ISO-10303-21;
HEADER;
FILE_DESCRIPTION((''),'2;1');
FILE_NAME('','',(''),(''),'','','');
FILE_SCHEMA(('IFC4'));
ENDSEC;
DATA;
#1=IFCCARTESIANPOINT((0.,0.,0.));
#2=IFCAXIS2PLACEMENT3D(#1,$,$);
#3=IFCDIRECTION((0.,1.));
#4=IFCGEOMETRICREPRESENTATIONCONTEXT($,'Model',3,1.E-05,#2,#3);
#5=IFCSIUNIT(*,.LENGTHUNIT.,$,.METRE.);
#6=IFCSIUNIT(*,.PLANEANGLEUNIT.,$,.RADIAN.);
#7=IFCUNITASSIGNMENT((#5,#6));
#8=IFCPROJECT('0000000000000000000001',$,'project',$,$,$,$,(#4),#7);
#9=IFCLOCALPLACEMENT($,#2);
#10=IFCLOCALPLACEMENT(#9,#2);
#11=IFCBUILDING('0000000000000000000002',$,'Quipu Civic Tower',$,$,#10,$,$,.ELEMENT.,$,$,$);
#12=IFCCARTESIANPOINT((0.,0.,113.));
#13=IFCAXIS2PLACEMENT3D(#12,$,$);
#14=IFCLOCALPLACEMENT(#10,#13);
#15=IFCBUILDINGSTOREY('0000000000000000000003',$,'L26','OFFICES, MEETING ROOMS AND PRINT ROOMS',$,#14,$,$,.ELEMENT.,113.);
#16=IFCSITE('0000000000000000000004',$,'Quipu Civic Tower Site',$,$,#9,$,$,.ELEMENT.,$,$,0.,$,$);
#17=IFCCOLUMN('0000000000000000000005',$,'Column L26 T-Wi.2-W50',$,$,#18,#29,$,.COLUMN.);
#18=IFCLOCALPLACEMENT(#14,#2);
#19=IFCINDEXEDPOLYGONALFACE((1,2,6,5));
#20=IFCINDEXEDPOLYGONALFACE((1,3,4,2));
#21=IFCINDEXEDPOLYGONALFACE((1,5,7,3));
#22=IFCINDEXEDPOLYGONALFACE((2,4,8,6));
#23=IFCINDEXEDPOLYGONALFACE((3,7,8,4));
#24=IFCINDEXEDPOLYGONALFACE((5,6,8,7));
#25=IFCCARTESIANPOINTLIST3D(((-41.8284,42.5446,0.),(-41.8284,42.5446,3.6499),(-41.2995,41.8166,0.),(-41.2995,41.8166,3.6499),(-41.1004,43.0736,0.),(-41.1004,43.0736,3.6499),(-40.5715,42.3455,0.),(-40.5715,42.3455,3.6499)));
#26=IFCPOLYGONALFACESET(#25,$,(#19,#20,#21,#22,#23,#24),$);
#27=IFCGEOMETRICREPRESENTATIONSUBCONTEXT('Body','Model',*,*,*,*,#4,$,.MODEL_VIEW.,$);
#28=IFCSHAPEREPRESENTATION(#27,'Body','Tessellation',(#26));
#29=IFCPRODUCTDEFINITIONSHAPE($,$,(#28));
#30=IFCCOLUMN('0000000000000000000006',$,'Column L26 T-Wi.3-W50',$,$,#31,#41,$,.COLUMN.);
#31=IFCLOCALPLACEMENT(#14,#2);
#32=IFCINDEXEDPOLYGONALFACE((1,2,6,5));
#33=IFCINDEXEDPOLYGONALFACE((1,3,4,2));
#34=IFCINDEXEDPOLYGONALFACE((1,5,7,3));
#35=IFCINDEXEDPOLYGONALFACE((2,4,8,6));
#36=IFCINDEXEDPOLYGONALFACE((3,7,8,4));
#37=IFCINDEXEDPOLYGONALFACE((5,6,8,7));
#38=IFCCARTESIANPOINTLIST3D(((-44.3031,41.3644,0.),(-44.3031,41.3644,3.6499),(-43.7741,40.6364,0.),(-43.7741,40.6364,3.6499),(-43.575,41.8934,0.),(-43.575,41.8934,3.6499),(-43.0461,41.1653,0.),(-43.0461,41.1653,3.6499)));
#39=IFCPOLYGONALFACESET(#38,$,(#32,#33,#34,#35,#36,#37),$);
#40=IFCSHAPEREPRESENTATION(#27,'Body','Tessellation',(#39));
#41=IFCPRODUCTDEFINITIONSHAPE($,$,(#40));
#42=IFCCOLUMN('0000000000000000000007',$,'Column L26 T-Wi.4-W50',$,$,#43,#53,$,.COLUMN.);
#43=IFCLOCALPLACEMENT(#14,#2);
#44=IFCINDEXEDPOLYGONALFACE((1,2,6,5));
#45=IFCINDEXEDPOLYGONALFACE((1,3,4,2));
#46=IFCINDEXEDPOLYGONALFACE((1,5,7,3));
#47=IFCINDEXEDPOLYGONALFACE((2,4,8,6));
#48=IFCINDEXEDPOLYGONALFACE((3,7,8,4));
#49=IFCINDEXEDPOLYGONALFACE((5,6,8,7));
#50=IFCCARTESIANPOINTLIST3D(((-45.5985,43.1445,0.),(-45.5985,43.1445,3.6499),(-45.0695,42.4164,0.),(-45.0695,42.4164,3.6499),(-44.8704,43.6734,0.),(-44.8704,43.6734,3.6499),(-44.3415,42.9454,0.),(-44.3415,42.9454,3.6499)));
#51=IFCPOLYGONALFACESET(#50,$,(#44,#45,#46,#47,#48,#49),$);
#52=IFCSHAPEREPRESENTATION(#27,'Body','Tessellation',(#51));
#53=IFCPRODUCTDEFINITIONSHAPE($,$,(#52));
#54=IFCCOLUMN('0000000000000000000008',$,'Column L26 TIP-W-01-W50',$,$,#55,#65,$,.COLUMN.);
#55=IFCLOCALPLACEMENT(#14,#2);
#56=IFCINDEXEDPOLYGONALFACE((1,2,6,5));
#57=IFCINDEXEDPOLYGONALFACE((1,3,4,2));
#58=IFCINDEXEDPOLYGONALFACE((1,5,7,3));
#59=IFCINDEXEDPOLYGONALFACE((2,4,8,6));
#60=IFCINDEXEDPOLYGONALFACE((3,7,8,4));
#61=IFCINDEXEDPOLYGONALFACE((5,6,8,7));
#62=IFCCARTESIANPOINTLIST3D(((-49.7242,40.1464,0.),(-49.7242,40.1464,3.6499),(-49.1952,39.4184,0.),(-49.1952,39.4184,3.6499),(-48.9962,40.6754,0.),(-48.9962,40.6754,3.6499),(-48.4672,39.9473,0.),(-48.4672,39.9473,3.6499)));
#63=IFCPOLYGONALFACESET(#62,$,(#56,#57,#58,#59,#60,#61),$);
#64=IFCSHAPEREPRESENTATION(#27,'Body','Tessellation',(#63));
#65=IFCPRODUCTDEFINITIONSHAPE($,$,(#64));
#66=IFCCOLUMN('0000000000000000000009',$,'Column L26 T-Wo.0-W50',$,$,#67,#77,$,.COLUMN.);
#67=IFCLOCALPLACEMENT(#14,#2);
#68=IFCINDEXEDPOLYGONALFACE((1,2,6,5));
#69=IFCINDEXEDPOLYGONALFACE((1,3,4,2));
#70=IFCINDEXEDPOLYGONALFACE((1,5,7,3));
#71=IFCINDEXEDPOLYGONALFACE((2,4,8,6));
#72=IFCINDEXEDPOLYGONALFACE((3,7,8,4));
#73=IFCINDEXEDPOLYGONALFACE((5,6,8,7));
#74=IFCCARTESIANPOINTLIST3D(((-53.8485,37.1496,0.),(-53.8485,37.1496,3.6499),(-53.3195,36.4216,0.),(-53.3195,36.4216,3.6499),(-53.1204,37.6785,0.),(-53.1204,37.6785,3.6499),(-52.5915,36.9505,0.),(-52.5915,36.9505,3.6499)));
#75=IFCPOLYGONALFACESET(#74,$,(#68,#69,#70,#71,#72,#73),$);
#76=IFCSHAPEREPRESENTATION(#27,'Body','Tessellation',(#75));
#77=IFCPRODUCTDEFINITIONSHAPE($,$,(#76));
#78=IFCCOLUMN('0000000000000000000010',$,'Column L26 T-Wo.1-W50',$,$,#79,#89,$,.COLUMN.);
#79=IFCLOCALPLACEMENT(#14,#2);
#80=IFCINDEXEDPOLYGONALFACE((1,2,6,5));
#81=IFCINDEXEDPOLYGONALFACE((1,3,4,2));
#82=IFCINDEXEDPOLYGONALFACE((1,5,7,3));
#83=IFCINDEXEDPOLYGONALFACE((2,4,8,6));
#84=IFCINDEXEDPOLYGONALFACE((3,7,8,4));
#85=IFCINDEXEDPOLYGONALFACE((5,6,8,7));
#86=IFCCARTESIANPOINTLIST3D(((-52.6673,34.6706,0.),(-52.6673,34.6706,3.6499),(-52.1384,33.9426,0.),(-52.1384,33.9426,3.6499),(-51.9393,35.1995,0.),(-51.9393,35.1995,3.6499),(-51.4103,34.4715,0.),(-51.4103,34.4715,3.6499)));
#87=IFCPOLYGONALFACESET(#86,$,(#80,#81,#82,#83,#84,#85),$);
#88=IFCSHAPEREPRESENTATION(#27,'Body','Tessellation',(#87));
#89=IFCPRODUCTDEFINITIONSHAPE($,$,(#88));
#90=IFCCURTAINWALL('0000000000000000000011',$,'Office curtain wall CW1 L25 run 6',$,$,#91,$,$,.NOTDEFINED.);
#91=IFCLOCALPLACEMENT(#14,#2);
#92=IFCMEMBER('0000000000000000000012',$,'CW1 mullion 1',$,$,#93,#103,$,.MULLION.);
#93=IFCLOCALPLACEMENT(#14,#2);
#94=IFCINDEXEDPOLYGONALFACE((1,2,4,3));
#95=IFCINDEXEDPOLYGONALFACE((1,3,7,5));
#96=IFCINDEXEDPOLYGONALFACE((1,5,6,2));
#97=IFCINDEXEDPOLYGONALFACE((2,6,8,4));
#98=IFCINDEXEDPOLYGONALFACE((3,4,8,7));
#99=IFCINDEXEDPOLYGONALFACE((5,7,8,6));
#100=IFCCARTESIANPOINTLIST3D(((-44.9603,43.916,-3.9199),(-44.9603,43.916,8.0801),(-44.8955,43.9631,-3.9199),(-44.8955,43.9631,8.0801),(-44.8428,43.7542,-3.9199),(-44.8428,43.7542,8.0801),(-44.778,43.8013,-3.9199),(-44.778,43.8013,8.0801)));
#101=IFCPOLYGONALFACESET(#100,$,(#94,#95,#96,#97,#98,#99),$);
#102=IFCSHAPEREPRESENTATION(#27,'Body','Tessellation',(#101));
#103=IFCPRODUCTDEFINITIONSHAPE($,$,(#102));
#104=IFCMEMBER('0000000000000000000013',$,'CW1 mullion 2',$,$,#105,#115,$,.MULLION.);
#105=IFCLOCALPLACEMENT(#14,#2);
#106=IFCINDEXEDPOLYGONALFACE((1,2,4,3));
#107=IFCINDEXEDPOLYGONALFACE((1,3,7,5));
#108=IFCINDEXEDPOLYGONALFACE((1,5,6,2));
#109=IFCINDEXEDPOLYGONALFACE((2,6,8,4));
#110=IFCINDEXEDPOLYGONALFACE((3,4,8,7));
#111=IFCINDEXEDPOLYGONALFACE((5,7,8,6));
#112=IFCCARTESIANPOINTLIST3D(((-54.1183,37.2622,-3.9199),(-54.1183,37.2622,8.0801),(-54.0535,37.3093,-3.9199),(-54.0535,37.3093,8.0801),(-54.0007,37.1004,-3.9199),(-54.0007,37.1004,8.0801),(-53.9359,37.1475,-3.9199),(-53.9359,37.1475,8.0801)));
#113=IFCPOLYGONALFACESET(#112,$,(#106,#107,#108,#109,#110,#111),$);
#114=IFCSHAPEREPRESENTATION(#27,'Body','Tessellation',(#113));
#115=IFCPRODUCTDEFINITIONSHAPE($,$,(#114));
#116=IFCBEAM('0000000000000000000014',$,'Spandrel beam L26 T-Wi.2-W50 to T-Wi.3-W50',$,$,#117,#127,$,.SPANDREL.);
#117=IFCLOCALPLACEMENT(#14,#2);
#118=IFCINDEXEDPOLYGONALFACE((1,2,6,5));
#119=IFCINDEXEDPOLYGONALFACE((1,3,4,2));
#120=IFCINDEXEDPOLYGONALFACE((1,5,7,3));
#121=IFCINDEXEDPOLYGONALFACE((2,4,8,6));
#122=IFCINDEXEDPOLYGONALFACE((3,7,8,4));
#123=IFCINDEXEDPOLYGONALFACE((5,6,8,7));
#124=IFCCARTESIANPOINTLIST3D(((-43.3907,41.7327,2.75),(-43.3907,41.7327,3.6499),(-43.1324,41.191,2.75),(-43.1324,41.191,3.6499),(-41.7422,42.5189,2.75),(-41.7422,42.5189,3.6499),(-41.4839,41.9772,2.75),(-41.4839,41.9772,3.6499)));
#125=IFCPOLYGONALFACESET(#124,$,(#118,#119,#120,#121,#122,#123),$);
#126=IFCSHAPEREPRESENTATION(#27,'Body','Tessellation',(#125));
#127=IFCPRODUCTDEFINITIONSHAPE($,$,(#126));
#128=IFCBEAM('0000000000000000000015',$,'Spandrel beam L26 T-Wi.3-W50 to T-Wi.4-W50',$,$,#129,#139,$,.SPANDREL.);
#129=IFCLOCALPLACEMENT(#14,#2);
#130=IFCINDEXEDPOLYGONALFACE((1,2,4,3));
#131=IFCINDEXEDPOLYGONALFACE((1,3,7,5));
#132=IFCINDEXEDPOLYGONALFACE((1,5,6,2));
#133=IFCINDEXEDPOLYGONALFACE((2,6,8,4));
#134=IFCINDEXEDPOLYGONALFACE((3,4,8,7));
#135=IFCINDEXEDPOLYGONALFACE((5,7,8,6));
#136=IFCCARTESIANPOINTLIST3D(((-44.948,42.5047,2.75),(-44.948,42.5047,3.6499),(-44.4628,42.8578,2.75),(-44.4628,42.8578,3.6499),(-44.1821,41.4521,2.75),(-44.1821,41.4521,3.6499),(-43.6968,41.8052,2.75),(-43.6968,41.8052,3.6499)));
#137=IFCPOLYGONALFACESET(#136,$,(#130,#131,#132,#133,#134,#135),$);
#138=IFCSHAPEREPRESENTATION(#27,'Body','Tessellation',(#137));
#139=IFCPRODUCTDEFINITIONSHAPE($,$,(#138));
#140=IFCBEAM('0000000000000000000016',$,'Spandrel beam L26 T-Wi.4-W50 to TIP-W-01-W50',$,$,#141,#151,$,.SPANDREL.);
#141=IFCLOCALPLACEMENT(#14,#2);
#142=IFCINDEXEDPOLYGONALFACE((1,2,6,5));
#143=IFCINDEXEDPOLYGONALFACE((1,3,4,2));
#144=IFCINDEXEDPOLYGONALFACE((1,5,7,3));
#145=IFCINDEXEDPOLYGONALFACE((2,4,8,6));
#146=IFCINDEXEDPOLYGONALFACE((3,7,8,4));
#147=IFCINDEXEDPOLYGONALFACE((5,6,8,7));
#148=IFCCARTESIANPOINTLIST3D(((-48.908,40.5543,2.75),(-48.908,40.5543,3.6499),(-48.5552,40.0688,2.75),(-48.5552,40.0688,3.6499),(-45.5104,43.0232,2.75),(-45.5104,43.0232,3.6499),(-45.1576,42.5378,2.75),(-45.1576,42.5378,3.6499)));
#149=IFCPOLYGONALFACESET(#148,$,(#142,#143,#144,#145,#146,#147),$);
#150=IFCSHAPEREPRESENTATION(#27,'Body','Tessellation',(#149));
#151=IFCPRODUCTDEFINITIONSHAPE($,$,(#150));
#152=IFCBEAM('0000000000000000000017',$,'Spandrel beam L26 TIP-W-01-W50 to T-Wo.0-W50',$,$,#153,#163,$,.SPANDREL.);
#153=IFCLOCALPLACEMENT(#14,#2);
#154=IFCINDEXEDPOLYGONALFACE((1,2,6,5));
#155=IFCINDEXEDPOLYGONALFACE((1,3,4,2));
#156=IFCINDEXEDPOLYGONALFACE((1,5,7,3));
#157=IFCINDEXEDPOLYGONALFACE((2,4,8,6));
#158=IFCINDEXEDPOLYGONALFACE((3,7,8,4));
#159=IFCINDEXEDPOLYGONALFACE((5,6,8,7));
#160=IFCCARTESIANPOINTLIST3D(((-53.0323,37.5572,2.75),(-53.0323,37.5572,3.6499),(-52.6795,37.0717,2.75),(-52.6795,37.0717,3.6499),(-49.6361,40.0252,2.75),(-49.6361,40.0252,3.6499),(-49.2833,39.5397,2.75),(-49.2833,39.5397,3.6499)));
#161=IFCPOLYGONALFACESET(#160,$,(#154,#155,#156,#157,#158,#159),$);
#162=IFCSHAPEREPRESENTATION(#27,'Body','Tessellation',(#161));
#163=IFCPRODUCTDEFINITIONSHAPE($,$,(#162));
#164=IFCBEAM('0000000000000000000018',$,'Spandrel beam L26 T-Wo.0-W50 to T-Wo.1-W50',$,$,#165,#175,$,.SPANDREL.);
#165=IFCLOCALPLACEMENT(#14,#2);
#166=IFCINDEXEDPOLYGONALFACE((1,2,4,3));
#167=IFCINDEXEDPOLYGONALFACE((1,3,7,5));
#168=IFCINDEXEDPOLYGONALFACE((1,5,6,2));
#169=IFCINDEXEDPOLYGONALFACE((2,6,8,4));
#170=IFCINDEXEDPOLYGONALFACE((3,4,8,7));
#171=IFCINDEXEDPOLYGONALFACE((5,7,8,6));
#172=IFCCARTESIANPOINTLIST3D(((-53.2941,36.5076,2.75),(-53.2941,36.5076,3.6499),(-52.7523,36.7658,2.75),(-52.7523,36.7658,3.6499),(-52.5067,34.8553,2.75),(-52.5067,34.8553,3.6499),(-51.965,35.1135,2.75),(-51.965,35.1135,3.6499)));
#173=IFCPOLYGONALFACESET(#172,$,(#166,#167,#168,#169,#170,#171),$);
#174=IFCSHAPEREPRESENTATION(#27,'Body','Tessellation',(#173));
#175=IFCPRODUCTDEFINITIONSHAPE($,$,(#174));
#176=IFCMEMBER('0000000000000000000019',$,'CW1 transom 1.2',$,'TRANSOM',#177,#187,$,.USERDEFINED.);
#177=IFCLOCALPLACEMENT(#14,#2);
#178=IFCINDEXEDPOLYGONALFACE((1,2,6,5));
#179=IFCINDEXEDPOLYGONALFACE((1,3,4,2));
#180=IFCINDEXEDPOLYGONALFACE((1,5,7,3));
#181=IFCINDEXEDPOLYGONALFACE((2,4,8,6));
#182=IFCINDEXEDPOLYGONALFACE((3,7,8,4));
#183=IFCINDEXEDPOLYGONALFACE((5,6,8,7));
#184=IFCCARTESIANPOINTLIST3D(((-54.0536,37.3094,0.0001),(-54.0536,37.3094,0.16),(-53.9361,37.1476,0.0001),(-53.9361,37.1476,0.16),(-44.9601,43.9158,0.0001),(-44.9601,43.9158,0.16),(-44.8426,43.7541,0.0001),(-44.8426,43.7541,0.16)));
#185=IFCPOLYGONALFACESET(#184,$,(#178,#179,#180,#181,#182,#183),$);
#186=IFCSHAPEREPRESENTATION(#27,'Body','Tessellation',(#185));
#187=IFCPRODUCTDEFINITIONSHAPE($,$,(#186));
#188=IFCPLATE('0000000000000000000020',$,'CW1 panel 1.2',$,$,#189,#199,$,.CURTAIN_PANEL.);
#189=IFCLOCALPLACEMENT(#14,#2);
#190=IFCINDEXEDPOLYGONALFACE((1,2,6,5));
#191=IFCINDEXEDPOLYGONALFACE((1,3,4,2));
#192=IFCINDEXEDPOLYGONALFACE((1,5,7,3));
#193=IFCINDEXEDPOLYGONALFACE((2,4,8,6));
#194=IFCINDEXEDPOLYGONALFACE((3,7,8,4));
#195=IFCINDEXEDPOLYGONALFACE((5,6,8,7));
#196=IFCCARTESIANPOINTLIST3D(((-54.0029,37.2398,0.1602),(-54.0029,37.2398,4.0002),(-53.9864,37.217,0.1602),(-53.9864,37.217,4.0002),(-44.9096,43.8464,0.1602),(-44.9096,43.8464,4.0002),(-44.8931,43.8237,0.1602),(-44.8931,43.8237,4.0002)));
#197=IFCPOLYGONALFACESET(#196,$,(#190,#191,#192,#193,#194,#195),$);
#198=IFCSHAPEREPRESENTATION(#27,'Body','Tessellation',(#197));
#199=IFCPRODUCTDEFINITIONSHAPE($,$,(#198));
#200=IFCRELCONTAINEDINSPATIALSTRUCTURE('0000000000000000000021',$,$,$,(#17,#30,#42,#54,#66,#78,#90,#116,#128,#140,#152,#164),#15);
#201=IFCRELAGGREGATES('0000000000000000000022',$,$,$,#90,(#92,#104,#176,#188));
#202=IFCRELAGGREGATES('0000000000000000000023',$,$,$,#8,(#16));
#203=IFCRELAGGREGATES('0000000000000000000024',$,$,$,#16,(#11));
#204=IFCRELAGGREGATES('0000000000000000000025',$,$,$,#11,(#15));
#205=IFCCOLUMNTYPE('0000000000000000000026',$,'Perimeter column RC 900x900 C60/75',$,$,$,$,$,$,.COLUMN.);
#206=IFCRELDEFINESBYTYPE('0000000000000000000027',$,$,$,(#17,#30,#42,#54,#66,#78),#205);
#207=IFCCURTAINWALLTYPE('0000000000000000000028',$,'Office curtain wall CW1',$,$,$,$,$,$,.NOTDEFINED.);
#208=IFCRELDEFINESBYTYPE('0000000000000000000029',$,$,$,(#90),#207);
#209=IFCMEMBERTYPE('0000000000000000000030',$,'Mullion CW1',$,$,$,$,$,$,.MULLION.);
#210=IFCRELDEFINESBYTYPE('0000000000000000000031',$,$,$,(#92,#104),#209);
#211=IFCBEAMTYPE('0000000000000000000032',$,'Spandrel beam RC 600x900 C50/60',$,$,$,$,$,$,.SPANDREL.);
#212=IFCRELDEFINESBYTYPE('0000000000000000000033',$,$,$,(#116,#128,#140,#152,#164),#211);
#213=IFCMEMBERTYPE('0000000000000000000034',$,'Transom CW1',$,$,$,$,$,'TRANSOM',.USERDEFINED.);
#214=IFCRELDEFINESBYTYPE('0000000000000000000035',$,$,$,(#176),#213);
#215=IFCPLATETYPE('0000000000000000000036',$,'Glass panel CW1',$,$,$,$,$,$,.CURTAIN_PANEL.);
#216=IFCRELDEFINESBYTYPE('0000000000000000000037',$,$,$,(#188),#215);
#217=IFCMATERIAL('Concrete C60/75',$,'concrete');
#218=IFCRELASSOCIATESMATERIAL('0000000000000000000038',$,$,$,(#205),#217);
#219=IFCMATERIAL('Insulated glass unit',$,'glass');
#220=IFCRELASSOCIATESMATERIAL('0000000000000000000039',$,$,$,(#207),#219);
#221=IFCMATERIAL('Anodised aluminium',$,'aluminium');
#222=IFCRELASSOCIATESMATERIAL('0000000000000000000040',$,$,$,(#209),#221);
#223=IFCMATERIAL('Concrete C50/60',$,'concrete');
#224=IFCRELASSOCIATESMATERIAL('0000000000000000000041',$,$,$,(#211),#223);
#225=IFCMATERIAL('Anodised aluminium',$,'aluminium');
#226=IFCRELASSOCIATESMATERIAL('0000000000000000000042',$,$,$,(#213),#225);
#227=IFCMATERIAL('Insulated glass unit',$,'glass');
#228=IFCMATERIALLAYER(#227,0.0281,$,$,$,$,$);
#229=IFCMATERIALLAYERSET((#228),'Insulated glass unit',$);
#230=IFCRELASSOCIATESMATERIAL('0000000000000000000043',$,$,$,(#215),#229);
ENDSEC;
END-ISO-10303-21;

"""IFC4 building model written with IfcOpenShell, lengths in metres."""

from ifc_helpers import new_model, si_unit, direction, frame, origin, origin_2d, place, context, subcontext, project, spatial, rectangle, extrude, material, layer, layer_set, material_profile, profile_set, type_object, element, aggregate, save


model = new_model("IFC4")

# Units and contexts
model_context = context("Model", 3, precision=1e-05, world=origin(), true_north=direction((0.0, 1.0)))
body_context = subcontext(model_context, "Body", "Model", "MODEL_VIEW")
ifc_project = project(units=[si_unit("LENGTHUNIT", "METRE"), si_unit("PLANEANGLEUNIT", "RADIAN")], contexts=[model_context])

# Site, building, storey
site_placement = place(None, origin())
site = spatial("IfcSite", under=ifc_project, at=site_placement, Name="Quipu Civic Tower Site", CompositionType="ELEMENT", RefElevation=0.0)
building_placement = place(site_placement, origin())
building = spatial("IfcBuilding", under=site, at=building_placement, Name="Quipu Civic Tower", CompositionType="ELEMENT")
storey_placement = place(building_placement, frame((0.0, 0.0, 113.0)))
storey = spatial("IfcBuildingStorey", under=building, at=storey_placement, Name="L26", Description="OFFICES, MEETING ROOMS AND PRINT ROOMS", CompositionType="ELEMENT", Elevation=113.0)

# Columns
ifc_material_1 = material(Name="Concrete C60/75", Category="concrete")
ifc_material_profile_1 = material_profile(ifc_material_1, rectangle(XDim=0.8999, YDim=0.8999, at=origin_2d()), Name="RC900x900")
ifc_profile_set_1 = profile_set([ifc_material_profile_1], Name="Concrete C60/75")
column_type = type_object("IfcColumnType", Name="Perimeter column RC 900x900 C60/75", PredefinedType="COLUMN", material=ifc_profile_set_1)
for number, where, z_axis, x_axis, name in (
    (1, (-41.2, 42.4451, 0.0), (0.0, 0.0, 1.0), (-0.587785, 0.809017, 0.0), "Column L26 T-Wi.2-W50"),
    (2, (-43.6746, 41.2649, 0.0), (0.0, 0.0, 1.0), (-0.809017, -0.587785, 0.0), "Column L26 T-Wi.3-W50"),
    (3, (-44.97, 43.0449, 0.0), (0.0, 0.0, 1.0), (-0.809017, -0.587785, 0.0), "Column L26 T-Wi.4-W50"),
    (4, (-49.0957, 40.0469, 0.0), (0.0, 0.0, 1.0), (-0.809017, -0.587785, 0.0), "Column L26 TIP-W-01-W50"),
    (5, (-53.22, 37.05, 0.0), (0.0, 0.0, 1.0), (0.587785, -0.809017, 0.0), "Column L26 T-Wo.0-W50"),
    (6, (-52.0388, 34.571, 0.0), (0.0, 0.0, 1.0), (-0.809017, -0.587785, 0.0), "Column L26 T-Wo.1-W50"),
):
    element("IfcColumn", number, at=place(storey_placement, frame(where, z_axis=z_axis, x_axis=x_axis)), inside=storey, type_object=column_type, Name=name, PredefinedType="COLUMN", context=body_context, shape_type="SweptSolid", body=[
        extrude(rectangle(XDim=0.8999, YDim=0.8999, at=origin_2d()), origin(), (0.0, 0.0, 1.0), 3.6499),
    ])

# Curtain wall, members
ifc_material_2 = material(Name="Insulated glass unit", Category="glass")
curtain_wall_type = type_object("IfcCurtainWallType", Name="Office curtain wall CW1", PredefinedType="NOTDEFINED", material=ifc_material_2)
curtain_wall_placement = place(storey_placement, origin())
curtain_wall = element("IfcCurtainWall", 7, at=curtain_wall_placement, inside=storey, type_object=curtain_wall_type, Name="Office curtain wall CW1 L25 run 6", PredefinedType="NOTDEFINED")
ifc_material_3 = material(Name="Anodised aluminium", Category="aluminium")
ifc_material_profile_2 = material_profile(ifc_material_3, rectangle(XDim=0.2, YDim=0.0801, at=origin_2d()), Name="RECT 200x80")
ifc_profile_set_2 = profile_set([ifc_material_profile_2], Name="Anodised aluminium")
member_type_1 = type_object("IfcMemberType", Name="Mullion CW1", PredefinedType="MULLION", material=ifc_profile_set_2)
member_1_placement = place(storey_placement, frame((-44.8691, 43.8586, -3.9199), z_axis=(0.0, 0.0, 1.0), x_axis=(0.587782, -0.809019, 0.0)))
member_1 = element("IfcMember", 8, at=member_1_placement, type_object=member_type_1, Name="CW1 mullion 1", PredefinedType="MULLION", context=body_context, shape_type="SweptSolid", body=[
    extrude(rectangle(XDim=0.2, YDim=0.0801, at=origin_2d()), origin(), (0.0, 0.0, 1.0), 12.0),
])
member_2_placement = place(storey_placement, frame((-54.0271, 37.2048, -3.9199), z_axis=(0.0, 0.0, 1.0), x_axis=(0.587782, -0.809019, 0.0)))
member_2 = element("IfcMember", 9, at=member_2_placement, type_object=member_type_1, Name="CW1 mullion 2", PredefinedType="MULLION", context=body_context, shape_type="SweptSolid", body=[
    extrude(rectangle(XDim=0.2, YDim=0.0801, at=origin_2d()), origin(), (0.0, 0.0, 1.0), 12.0),
])

# Beams
ifc_material_4 = material(Name="Concrete C50/60", Category="concrete")
ifc_material_profile_3 = material_profile(ifc_material_4, rectangle(XDim=0.6001, YDim=0.8999, at=origin_2d()), Name="RC600x900")
ifc_profile_set_3 = profile_set([ifc_material_profile_3], Name="Concrete C50/60")
beam_type = type_object("IfcBeamType", Name="Spandrel beam RC 600x900 C50/60", PredefinedType="SPANDREL", material=ifc_profile_set_3)
beam_1_placement = place(storey_placement, frame((-41.613, 42.248, 3.2), z_axis=(-0.902613, -0.430452, 0.0), x_axis=(0.430452, -0.902613, 0.0)))
element("IfcBeam", 10, at=beam_1_placement, inside=storey, type_object=beam_type, Name="Spandrel beam L26 T-Wi.2-W50 to T-Wi.3-W50", PredefinedType="SPANDREL", context=body_context, shape_type="SweptSolid", body=[
    extrude(rectangle(XDim=0.6001, YDim=0.8999, at=origin_2d()), origin(), (0.0, 0.0, 1.0), 1.8264),
])
beam_2_placement = place(storey_placement, frame((-43.9395, 41.6287, 3.2), z_axis=(-0.588384, 0.808582, 0.0), x_axis=(-0.808582, -0.588384, 0.0)))
element("IfcBeam", 11, at=beam_2_placement, inside=storey, type_object=beam_type, Name="Spandrel beam L26 T-Wi.3-W50 to T-Wi.4-W50", PredefinedType="SPANDREL", context=body_context, shape_type="SweptSolid", body=[
    extrude(rectangle(XDim=0.6001, YDim=0.8999, at=origin_2d()), origin(), (0.0, 0.0, 1.0), 1.3018),
])
beam_3_placement = place(storey_placement, frame((-45.334, 42.7805, 3.2), z_axis=(-0.80897, -0.58785, 0.0), x_axis=(0.58785, -0.80897, 0.0)))
element("IfcBeam", 12, at=beam_3_placement, inside=storey, type_object=beam_type, Name="Spandrel beam L26 T-Wi.4-W50 to TIP-W-01-W50", PredefinedType="SPANDREL", context=body_context, shape_type="SweptSolid", body=[
    extrude(rectangle(XDim=0.6001, YDim=0.8999, at=origin_2d()), origin(), (0.0, 0.0, 1.0), 4.2),
])
beam_4_placement = place(storey_placement, frame((-49.4597, 39.7825, 3.2), z_axis=(-0.80896, -0.587864, 0.0), x_axis=(0.587864, -0.80896, 0.0)))
element("IfcBeam", 13, at=beam_4_placement, inside=storey, type_object=beam_type, Name="Spandrel beam L26 TIP-W-01-W50 to T-Wo.0-W50", PredefinedType="SPANDREL", context=body_context, shape_type="SweptSolid", body=[
    extrude(rectangle(XDim=0.6001, YDim=0.8999, at=origin_2d()), origin(), (0.0, 0.0, 1.0), 4.1982),
])
beam_5_placement = place(storey_placement, frame((-53.0232, 36.6367, 3.2), z_axis=(0.430167, -0.90275, 0.0), x_axis=(0.90275, 0.430167, 0.0)))
element("IfcBeam", 14, at=beam_5_placement, inside=storey, type_object=beam_type, Name="Spandrel beam L26 T-Wo.0-W50 to T-Wo.1-W50", PredefinedType="SPANDREL", context=body_context, shape_type="SweptSolid", body=[
    extrude(rectangle(XDim=0.6001, YDim=0.8999, at=origin_2d()), origin(), (0.0, 0.0, 1.0), 1.8303),
])

# Member
ifc_material_5 = material(Name="Anodised aluminium", Category="aluminium")
ifc_material_profile_4 = material_profile(ifc_material_5, rectangle(XDim=0.2, YDim=0.1599, at=origin_2d()), Name="RECT 200x160")
ifc_profile_set_4 = profile_set([ifc_material_profile_4], Name="Anodised aluminium")
member_type_2 = type_object("IfcMemberType", Name="Transom CW1", ElementType="TRANSOM", PredefinedType="USERDEFINED", material=ifc_profile_set_4)
member_3_placement = place(storey_placement, frame((-44.9014, 43.835, 0.0801), z_axis=(-0.809033, -0.587764, 0.0), x_axis=(0.587764, -0.809033, 0.0)))
member_3 = element("IfcMember", 15, at=member_3_placement, type_object=member_type_2, Name="CW1 transom 1.2", ObjectType="TRANSOM", PredefinedType="USERDEFINED", context=body_context, shape_type="SweptSolid", body=[
    extrude(rectangle(XDim=0.2, YDim=0.1599, at=origin_2d()), origin(), (0.0, 0.0, 1.0), 11.24),
])

# Plate
ifc_material_6 = material(Name="Insulated glass unit", Category="glass")
ifc_layer_1 = layer(ifc_material_6, 0.0281)
ifc_layer_set_1 = layer_set([ifc_layer_1], Name="Insulated glass unit")
plate_type_1 = type_object("IfcPlateType", Name="Glass panel CW1", PredefinedType="CURTAIN_PANEL", material=ifc_layer_set_1)
plate_placement = place(storey_placement, frame((-49.448, 40.5317, 0.1602), z_axis=(0.0, 0.0, 1.0), x_axis=(-0.809019, -0.587782, 0.0)))
plate = element("IfcPlate", 16, at=plate_placement, type_object=plate_type_1, Name="CW1 panel 1.2", PredefinedType="CURTAIN_PANEL", context=body_context, shape_type="SweptSolid", body=[
    extrude(rectangle(XDim=11.24, YDim=0.0281, at=origin_2d()), origin(), (0.0, 0.0, 1.0), 3.8401),
])
aggregate(curtain_wall, [member_1, member_2, member_3, plate])

save(model, "model.ifc")
